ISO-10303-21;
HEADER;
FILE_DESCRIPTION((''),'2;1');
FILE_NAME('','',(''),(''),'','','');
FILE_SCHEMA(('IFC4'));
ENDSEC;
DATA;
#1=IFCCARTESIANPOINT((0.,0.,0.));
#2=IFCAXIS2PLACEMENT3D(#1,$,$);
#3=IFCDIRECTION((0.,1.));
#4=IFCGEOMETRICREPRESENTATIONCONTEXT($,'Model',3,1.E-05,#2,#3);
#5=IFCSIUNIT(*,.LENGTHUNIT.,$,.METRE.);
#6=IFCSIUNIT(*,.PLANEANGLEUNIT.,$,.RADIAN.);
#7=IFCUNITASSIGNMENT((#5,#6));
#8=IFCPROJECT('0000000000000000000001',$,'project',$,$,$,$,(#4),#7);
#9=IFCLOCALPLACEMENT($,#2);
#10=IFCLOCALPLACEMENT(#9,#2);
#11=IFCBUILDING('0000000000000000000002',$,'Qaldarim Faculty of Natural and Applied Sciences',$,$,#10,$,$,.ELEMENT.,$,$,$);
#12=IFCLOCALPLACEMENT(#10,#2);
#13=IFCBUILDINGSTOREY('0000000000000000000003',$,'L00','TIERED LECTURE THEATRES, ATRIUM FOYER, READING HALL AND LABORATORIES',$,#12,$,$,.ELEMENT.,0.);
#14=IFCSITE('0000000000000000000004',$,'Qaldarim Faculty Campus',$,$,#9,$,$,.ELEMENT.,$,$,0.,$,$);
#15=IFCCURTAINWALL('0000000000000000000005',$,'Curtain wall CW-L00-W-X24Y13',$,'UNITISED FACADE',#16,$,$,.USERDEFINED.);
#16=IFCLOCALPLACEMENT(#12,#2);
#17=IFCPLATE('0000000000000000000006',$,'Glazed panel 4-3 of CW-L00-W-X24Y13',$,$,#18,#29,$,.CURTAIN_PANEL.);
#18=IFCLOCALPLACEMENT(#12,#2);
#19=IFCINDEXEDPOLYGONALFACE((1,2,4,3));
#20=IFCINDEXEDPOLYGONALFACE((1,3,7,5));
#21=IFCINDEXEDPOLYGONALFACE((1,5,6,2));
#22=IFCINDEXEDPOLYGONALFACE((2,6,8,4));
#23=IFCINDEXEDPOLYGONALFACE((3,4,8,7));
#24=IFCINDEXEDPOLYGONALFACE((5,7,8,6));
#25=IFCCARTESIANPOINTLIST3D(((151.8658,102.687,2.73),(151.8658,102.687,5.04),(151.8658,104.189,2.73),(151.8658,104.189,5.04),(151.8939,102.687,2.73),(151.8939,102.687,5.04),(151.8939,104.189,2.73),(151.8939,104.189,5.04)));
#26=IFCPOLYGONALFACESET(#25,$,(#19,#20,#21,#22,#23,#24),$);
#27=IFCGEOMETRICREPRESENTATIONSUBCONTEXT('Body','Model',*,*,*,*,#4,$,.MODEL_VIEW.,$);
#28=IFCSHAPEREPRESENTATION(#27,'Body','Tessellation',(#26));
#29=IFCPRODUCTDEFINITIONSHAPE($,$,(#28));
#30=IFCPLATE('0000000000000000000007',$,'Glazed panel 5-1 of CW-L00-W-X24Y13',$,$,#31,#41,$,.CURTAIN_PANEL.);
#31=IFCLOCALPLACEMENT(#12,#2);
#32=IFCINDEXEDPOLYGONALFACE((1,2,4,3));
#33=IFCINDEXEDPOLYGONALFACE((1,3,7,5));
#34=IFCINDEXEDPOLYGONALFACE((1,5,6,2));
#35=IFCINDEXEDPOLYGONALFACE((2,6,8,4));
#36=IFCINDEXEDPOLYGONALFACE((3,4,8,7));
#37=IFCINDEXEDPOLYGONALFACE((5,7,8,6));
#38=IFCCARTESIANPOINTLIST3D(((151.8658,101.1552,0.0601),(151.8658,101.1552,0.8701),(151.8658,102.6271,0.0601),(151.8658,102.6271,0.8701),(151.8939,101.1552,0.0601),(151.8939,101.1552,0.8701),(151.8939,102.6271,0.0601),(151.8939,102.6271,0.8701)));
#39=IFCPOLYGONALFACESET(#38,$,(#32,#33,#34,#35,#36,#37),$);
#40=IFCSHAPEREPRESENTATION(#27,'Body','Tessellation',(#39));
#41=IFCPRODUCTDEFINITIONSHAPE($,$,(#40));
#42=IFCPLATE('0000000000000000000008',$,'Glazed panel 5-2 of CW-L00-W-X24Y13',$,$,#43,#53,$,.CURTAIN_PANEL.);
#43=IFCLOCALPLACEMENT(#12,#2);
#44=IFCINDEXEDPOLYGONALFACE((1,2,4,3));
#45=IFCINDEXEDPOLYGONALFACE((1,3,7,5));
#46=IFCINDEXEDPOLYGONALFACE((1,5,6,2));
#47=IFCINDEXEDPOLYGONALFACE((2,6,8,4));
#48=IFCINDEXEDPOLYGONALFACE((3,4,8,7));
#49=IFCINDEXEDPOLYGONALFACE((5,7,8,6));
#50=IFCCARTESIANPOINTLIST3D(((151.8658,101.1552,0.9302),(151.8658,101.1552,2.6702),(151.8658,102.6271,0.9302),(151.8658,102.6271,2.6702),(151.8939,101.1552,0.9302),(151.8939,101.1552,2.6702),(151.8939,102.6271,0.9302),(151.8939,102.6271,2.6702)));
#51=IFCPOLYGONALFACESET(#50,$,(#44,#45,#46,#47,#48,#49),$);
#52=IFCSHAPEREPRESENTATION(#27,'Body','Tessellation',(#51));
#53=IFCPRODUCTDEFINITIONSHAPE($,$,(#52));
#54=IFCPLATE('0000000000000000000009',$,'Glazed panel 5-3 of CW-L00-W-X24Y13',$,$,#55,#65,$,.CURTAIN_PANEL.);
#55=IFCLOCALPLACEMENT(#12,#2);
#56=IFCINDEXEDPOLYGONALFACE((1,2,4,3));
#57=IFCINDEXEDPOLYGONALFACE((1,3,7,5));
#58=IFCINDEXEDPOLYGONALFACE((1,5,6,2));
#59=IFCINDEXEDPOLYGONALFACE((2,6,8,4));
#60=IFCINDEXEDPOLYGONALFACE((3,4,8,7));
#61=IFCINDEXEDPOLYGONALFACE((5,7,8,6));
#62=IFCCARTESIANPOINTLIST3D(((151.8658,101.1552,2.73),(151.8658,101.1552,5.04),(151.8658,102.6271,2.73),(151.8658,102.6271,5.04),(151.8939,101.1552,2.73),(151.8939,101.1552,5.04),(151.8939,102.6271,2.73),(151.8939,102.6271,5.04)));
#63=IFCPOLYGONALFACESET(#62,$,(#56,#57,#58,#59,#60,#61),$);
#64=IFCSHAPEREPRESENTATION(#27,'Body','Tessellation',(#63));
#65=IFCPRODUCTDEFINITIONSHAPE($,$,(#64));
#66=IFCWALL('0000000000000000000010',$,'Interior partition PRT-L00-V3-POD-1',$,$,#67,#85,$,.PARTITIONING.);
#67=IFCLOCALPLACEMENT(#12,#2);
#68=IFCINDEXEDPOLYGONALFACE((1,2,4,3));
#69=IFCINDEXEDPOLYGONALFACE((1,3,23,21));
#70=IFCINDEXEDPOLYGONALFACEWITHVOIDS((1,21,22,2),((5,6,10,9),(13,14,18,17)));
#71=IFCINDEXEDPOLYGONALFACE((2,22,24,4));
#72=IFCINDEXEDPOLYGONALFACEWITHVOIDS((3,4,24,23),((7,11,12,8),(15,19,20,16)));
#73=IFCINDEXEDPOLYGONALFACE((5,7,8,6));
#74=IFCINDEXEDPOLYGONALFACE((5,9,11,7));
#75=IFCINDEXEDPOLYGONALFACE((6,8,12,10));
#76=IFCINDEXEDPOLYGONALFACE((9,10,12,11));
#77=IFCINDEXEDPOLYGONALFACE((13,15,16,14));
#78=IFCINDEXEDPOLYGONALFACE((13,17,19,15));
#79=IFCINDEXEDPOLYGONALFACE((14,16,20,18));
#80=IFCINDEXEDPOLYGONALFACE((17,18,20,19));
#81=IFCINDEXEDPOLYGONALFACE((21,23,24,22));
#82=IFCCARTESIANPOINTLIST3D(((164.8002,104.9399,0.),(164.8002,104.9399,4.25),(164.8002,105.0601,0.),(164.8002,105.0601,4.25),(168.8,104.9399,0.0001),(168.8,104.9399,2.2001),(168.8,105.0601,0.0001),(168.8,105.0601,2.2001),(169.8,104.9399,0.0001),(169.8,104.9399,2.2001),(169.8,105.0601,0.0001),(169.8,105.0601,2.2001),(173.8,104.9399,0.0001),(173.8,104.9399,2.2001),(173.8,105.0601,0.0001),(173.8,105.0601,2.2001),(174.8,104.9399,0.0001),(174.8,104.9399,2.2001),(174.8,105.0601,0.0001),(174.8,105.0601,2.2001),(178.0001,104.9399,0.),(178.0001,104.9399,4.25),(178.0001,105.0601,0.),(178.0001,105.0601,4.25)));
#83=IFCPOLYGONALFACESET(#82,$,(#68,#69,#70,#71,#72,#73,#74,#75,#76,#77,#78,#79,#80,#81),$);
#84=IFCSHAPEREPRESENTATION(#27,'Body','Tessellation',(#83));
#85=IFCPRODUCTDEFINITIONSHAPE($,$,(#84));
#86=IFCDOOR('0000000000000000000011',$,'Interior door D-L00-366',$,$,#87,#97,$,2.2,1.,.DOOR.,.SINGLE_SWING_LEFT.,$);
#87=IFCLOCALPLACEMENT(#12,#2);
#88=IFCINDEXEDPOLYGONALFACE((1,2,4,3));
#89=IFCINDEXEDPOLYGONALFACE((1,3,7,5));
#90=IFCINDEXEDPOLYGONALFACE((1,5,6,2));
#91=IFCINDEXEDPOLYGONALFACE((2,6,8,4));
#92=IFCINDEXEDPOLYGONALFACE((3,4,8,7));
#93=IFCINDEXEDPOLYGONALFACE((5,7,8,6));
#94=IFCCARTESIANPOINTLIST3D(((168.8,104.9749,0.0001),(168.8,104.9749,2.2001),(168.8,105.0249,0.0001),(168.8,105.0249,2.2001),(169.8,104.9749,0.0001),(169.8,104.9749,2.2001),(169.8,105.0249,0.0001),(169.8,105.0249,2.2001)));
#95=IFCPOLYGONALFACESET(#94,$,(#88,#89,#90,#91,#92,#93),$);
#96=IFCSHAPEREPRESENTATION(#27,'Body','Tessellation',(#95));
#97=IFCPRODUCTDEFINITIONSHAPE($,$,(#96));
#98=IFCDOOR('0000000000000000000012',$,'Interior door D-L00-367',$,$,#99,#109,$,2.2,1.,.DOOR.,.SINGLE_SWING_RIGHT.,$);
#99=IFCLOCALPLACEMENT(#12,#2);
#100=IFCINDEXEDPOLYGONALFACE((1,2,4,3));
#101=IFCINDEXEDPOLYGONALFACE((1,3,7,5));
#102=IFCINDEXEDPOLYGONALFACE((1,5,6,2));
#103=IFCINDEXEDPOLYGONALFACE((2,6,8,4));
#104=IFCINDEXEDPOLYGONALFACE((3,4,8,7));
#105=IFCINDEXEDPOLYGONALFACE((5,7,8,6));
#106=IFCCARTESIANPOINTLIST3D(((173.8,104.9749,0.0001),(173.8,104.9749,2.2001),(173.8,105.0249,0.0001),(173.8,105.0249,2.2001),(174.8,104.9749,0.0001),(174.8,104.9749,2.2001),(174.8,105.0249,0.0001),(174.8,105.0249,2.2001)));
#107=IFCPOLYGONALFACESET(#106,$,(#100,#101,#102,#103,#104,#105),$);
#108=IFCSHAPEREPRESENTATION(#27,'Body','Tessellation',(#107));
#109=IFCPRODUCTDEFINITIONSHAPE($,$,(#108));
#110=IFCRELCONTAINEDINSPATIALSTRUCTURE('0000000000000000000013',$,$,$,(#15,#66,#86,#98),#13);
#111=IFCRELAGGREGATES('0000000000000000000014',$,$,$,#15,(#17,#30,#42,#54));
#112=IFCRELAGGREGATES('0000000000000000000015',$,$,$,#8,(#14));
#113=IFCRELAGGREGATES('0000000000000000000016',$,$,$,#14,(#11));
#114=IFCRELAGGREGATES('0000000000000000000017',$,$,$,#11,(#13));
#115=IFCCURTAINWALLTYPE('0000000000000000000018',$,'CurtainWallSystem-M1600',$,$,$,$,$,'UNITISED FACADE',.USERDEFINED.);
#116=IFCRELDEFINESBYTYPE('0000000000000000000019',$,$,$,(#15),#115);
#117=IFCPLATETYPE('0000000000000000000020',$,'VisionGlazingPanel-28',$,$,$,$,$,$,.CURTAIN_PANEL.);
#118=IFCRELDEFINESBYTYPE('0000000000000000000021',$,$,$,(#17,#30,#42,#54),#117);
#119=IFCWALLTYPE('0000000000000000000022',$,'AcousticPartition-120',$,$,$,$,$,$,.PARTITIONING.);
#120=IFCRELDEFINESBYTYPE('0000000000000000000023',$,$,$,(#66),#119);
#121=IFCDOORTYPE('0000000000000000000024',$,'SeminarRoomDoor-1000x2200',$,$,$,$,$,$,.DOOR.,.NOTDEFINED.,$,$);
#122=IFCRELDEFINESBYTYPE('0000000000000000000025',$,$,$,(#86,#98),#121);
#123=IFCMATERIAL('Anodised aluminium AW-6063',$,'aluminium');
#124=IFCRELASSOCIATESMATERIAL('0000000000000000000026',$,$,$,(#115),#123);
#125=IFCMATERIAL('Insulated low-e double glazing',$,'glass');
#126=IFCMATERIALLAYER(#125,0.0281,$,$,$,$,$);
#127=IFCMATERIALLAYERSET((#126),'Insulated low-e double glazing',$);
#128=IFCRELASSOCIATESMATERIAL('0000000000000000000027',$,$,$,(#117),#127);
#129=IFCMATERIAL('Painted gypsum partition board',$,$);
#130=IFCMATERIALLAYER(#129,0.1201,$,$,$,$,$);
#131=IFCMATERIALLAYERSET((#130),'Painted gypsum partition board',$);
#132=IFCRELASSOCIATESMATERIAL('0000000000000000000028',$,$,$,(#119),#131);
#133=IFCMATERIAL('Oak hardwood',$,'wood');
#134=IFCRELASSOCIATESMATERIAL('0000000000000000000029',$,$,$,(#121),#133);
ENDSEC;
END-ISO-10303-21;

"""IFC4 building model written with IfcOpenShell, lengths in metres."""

from ifc_helpers import new_model, si_unit, direction, frame, frame_2d, origin, origin_2d, place, context, subcontext, project, spatial, rectangle, extrude, material, layer, layer_set, type_object, element, fill, aggregate, save


model = new_model("IFC4")

# Units and contexts
model_context = context("Model", 3, precision=1e-05, world=origin(), true_north=direction((0.0, 1.0)))
body_context = subcontext(model_context, "Body", "Model", "MODEL_VIEW")
ifc_project = project(units=[si_unit("LENGTHUNIT", "METRE"), si_unit("PLANEANGLEUNIT", "RADIAN")], contexts=[model_context])

# Site, building, storey
site_placement = place(None, origin())
site = spatial("IfcSite", under=ifc_project, at=site_placement, Name="Qaldarim Faculty Campus", CompositionType="ELEMENT", RefElevation=0.0)
building_placement = place(site_placement, origin())
building = spatial("IfcBuilding", under=site, at=building_placement, Name="Qaldarim Faculty of Natural and Applied Sciences", CompositionType="ELEMENT")
storey_placement = place(building_placement, origin())
storey = spatial("IfcBuildingStorey", under=building, at=storey_placement, Name="L00", Description="TIERED LECTURE THEATRES, ATRIUM FOYER, READING HALL AND LABORATORIES", CompositionType="ELEMENT", Elevation=0.0)

# Curtain wall, plates
ifc_material_1 = material(Name="Anodised aluminium AW-6063", Category="aluminium")
curtain_wall_type = type_object("IfcCurtainWallType", Name="CurtainWallSystem-M1600", ElementType="UNITISED FACADE", PredefinedType="USERDEFINED", material=ifc_material_1)
curtain_wall_placement = place(storey_placement, origin())
curtain_wall = element("IfcCurtainWall", 1, at=curtain_wall_placement, inside=storey, type_object=curtain_wall_type, Name="Curtain wall CW-L00-W-X24Y13", ObjectType="UNITISED FACADE", PredefinedType="USERDEFINED")
ifc_material_2 = material(Name="Insulated low-e double glazing", Category="glass")
ifc_layer_1 = layer(ifc_material_2, 0.0281)
ifc_layer_set_1 = layer_set([ifc_layer_1], Name="Insulated low-e double glazing")
plate_type = type_object("IfcPlateType", Name="VisionGlazingPanel-28", PredefinedType="CURTAIN_PANEL", material=ifc_layer_set_1)
plate_1_placement = place(storey_placement, frame((151.8799, 103.438, 2.73), z_axis=(0.0, 0.0, 1.0), x_axis=(0.0, -1.0, 0.0)))
plate_1 = element("IfcPlate", 2, at=plate_1_placement, type_object=plate_type, Name="Glazed panel 4-3 of CW-L00-W-X24Y13", PredefinedType="CURTAIN_PANEL", context=body_context, shape_type="SweptSolid", body=[
    extrude(rectangle(XDim=1.502, YDim=0.0281, at=origin_2d()), origin(), (0.0, 0.0, 1.0), 2.3101),
])
plate_2_placement = place(storey_placement, frame((151.8799, 101.8911, 0.0601), z_axis=(0.0, 0.0, 1.0), x_axis=(0.0, -1.0, 0.0)))
plate_2 = element("IfcPlate", 3, at=plate_2_placement, type_object=plate_type, Name="Glazed panel 5-1 of CW-L00-W-X24Y13", PredefinedType="CURTAIN_PANEL", context=body_context, shape_type="SweptSolid", body=[
    extrude(rectangle(XDim=1.4719, YDim=0.0281, at=origin_2d()), origin(), (0.0, 0.0, 1.0), 0.8101),
])
plate_3_placement = place(storey_placement, frame((151.8799, 101.8911, 0.9302), z_axis=(0.0, 0.0, 1.0), x_axis=(0.0, -1.0, 0.0)))
plate_3 = element("IfcPlate", 4, at=plate_3_placement, type_object=plate_type, Name="Glazed panel 5-2 of CW-L00-W-X24Y13", PredefinedType="CURTAIN_PANEL", context=body_context, shape_type="SweptSolid", body=[
    extrude(rectangle(XDim=1.4719, YDim=0.0281, at=origin_2d()), origin(), (0.0, 0.0, 1.0), 1.74),
])
plate_4_placement = place(storey_placement, frame((151.8799, 101.8911, 2.73), z_axis=(0.0, 0.0, 1.0), x_axis=(0.0, -1.0, 0.0)))
plate_4 = element("IfcPlate", 5, at=plate_4_placement, type_object=plate_type, Name="Glazed panel 5-3 of CW-L00-W-X24Y13", PredefinedType="CURTAIN_PANEL", context=body_context, shape_type="SweptSolid", body=[
    extrude(rectangle(XDim=1.4719, YDim=0.0281, at=origin_2d()), origin(), (0.0, 0.0, 1.0), 2.3101),
])
aggregate(curtain_wall, [plate_1, plate_2, plate_3, plate_4])

# Wall, openings, doors
ifc_material_3 = material(Name="Painted gypsum partition board")
ifc_layer_2 = layer(ifc_material_3, 0.1201)
ifc_layer_set_2 = layer_set([ifc_layer_2], Name="Painted gypsum partition board")
wall_type = type_object("IfcWallType", Name="AcousticPartition-120", PredefinedType="PARTITIONING", material=ifc_layer_set_2)
wall_placement = place(storey_placement, frame((164.8, 105.0, 0.0), z_axis=(0.0, 0.0, 1.0), x_axis=(1.0, 0.0, 0.0)))
wall = element("IfcWall", 6, at=wall_placement, inside=storey, type_object=wall_type, Name="Interior partition PRT-L00-V3-POD-1", PredefinedType="PARTITIONING", context=body_context, shape_type="SweptSolid", body=[
    extrude(rectangle(XDim=13.2, YDim=0.1201, at=frame_2d((6.6001, 0.0))), origin(), (0.0, 0.0, 1.0), 4.25),
])
opening_1_placement = place(wall_placement, frame((4.0, 0.0, 0.0)))
opening_1 = element("IfcOpeningElement", 7, at=opening_1_placement, cuts=wall, PredefinedType="OPENING", context=body_context, shape_type="SweptSolid", body=[
    extrude(rectangle(XDim=1.0, YDim=2.2, at=frame_2d((0.5, 1.1001))), frame((0.0, 0.0701, 0.0), z_axis=(0.0, -1.0, 0.0), x_axis=(1.0, 0.0, 0.0)), (0.0, 0.0, 1.0), 0.1401),
])
opening_2_placement = place(wall_placement, frame((9.0, 0.0, 0.0)))
opening_2 = element("IfcOpeningElement", 8, at=opening_2_placement, cuts=wall, PredefinedType="OPENING", context=body_context, shape_type="SweptSolid", body=[
    extrude(rectangle(XDim=1.0, YDim=2.2, at=frame_2d((0.5, 1.1001))), frame((0.0, 0.0701, 0.0), z_axis=(0.0, -1.0, 0.0), x_axis=(1.0, 0.0, 0.0)), (0.0, 0.0, 1.0), 0.1401),
])
ifc_material_4 = material(Name="Oak hardwood", Category="wood")
door_type = type_object("IfcDoorType", Name="SeminarRoomDoor-1000x2200", OperationType="NOTDEFINED", PredefinedType="DOOR", material=ifc_material_4)
door_1_placement = place(opening_1_placement, origin())
door_1 = element("IfcDoor", 9, at=door_1_placement, inside=storey, type_object=door_type, Name="Interior door D-L00-366", OperationType="SINGLE_SWING_LEFT", OverallHeight=2.2, OverallWidth=1.0, PredefinedType="DOOR", context=body_context, shape_type="SweptSolid", body=[
    extrude(rectangle(XDim=1.0, YDim=2.2, at=frame_2d((0.5, 1.1001))), frame((0.0, 0.0249, 0.0), z_axis=(0.0, -1.0, 0.0), x_axis=(1.0, 0.0, 0.0)), (0.0, 0.0, 1.0), 0.05),
])
fill(opening_1, door_1)
door_2_placement = place(opening_2_placement, origin())
door_2 = element("IfcDoor", 10, at=door_2_placement, inside=storey, type_object=door_type, Name="Interior door D-L00-367", OperationType="SINGLE_SWING_RIGHT", OverallHeight=2.2, OverallWidth=1.0, PredefinedType="DOOR", context=body_context, shape_type="SweptSolid", body=[
    extrude(rectangle(XDim=1.0, YDim=2.2, at=frame_2d((0.5, 1.1001))), frame((0.0, 0.0249, 0.0), z_axis=(0.0, -1.0, 0.0), x_axis=(1.0, 0.0, 0.0)), (0.0, 0.0, 1.0), 0.05),
])
fill(opening_2, door_2)

save(model, "model.ifc")
